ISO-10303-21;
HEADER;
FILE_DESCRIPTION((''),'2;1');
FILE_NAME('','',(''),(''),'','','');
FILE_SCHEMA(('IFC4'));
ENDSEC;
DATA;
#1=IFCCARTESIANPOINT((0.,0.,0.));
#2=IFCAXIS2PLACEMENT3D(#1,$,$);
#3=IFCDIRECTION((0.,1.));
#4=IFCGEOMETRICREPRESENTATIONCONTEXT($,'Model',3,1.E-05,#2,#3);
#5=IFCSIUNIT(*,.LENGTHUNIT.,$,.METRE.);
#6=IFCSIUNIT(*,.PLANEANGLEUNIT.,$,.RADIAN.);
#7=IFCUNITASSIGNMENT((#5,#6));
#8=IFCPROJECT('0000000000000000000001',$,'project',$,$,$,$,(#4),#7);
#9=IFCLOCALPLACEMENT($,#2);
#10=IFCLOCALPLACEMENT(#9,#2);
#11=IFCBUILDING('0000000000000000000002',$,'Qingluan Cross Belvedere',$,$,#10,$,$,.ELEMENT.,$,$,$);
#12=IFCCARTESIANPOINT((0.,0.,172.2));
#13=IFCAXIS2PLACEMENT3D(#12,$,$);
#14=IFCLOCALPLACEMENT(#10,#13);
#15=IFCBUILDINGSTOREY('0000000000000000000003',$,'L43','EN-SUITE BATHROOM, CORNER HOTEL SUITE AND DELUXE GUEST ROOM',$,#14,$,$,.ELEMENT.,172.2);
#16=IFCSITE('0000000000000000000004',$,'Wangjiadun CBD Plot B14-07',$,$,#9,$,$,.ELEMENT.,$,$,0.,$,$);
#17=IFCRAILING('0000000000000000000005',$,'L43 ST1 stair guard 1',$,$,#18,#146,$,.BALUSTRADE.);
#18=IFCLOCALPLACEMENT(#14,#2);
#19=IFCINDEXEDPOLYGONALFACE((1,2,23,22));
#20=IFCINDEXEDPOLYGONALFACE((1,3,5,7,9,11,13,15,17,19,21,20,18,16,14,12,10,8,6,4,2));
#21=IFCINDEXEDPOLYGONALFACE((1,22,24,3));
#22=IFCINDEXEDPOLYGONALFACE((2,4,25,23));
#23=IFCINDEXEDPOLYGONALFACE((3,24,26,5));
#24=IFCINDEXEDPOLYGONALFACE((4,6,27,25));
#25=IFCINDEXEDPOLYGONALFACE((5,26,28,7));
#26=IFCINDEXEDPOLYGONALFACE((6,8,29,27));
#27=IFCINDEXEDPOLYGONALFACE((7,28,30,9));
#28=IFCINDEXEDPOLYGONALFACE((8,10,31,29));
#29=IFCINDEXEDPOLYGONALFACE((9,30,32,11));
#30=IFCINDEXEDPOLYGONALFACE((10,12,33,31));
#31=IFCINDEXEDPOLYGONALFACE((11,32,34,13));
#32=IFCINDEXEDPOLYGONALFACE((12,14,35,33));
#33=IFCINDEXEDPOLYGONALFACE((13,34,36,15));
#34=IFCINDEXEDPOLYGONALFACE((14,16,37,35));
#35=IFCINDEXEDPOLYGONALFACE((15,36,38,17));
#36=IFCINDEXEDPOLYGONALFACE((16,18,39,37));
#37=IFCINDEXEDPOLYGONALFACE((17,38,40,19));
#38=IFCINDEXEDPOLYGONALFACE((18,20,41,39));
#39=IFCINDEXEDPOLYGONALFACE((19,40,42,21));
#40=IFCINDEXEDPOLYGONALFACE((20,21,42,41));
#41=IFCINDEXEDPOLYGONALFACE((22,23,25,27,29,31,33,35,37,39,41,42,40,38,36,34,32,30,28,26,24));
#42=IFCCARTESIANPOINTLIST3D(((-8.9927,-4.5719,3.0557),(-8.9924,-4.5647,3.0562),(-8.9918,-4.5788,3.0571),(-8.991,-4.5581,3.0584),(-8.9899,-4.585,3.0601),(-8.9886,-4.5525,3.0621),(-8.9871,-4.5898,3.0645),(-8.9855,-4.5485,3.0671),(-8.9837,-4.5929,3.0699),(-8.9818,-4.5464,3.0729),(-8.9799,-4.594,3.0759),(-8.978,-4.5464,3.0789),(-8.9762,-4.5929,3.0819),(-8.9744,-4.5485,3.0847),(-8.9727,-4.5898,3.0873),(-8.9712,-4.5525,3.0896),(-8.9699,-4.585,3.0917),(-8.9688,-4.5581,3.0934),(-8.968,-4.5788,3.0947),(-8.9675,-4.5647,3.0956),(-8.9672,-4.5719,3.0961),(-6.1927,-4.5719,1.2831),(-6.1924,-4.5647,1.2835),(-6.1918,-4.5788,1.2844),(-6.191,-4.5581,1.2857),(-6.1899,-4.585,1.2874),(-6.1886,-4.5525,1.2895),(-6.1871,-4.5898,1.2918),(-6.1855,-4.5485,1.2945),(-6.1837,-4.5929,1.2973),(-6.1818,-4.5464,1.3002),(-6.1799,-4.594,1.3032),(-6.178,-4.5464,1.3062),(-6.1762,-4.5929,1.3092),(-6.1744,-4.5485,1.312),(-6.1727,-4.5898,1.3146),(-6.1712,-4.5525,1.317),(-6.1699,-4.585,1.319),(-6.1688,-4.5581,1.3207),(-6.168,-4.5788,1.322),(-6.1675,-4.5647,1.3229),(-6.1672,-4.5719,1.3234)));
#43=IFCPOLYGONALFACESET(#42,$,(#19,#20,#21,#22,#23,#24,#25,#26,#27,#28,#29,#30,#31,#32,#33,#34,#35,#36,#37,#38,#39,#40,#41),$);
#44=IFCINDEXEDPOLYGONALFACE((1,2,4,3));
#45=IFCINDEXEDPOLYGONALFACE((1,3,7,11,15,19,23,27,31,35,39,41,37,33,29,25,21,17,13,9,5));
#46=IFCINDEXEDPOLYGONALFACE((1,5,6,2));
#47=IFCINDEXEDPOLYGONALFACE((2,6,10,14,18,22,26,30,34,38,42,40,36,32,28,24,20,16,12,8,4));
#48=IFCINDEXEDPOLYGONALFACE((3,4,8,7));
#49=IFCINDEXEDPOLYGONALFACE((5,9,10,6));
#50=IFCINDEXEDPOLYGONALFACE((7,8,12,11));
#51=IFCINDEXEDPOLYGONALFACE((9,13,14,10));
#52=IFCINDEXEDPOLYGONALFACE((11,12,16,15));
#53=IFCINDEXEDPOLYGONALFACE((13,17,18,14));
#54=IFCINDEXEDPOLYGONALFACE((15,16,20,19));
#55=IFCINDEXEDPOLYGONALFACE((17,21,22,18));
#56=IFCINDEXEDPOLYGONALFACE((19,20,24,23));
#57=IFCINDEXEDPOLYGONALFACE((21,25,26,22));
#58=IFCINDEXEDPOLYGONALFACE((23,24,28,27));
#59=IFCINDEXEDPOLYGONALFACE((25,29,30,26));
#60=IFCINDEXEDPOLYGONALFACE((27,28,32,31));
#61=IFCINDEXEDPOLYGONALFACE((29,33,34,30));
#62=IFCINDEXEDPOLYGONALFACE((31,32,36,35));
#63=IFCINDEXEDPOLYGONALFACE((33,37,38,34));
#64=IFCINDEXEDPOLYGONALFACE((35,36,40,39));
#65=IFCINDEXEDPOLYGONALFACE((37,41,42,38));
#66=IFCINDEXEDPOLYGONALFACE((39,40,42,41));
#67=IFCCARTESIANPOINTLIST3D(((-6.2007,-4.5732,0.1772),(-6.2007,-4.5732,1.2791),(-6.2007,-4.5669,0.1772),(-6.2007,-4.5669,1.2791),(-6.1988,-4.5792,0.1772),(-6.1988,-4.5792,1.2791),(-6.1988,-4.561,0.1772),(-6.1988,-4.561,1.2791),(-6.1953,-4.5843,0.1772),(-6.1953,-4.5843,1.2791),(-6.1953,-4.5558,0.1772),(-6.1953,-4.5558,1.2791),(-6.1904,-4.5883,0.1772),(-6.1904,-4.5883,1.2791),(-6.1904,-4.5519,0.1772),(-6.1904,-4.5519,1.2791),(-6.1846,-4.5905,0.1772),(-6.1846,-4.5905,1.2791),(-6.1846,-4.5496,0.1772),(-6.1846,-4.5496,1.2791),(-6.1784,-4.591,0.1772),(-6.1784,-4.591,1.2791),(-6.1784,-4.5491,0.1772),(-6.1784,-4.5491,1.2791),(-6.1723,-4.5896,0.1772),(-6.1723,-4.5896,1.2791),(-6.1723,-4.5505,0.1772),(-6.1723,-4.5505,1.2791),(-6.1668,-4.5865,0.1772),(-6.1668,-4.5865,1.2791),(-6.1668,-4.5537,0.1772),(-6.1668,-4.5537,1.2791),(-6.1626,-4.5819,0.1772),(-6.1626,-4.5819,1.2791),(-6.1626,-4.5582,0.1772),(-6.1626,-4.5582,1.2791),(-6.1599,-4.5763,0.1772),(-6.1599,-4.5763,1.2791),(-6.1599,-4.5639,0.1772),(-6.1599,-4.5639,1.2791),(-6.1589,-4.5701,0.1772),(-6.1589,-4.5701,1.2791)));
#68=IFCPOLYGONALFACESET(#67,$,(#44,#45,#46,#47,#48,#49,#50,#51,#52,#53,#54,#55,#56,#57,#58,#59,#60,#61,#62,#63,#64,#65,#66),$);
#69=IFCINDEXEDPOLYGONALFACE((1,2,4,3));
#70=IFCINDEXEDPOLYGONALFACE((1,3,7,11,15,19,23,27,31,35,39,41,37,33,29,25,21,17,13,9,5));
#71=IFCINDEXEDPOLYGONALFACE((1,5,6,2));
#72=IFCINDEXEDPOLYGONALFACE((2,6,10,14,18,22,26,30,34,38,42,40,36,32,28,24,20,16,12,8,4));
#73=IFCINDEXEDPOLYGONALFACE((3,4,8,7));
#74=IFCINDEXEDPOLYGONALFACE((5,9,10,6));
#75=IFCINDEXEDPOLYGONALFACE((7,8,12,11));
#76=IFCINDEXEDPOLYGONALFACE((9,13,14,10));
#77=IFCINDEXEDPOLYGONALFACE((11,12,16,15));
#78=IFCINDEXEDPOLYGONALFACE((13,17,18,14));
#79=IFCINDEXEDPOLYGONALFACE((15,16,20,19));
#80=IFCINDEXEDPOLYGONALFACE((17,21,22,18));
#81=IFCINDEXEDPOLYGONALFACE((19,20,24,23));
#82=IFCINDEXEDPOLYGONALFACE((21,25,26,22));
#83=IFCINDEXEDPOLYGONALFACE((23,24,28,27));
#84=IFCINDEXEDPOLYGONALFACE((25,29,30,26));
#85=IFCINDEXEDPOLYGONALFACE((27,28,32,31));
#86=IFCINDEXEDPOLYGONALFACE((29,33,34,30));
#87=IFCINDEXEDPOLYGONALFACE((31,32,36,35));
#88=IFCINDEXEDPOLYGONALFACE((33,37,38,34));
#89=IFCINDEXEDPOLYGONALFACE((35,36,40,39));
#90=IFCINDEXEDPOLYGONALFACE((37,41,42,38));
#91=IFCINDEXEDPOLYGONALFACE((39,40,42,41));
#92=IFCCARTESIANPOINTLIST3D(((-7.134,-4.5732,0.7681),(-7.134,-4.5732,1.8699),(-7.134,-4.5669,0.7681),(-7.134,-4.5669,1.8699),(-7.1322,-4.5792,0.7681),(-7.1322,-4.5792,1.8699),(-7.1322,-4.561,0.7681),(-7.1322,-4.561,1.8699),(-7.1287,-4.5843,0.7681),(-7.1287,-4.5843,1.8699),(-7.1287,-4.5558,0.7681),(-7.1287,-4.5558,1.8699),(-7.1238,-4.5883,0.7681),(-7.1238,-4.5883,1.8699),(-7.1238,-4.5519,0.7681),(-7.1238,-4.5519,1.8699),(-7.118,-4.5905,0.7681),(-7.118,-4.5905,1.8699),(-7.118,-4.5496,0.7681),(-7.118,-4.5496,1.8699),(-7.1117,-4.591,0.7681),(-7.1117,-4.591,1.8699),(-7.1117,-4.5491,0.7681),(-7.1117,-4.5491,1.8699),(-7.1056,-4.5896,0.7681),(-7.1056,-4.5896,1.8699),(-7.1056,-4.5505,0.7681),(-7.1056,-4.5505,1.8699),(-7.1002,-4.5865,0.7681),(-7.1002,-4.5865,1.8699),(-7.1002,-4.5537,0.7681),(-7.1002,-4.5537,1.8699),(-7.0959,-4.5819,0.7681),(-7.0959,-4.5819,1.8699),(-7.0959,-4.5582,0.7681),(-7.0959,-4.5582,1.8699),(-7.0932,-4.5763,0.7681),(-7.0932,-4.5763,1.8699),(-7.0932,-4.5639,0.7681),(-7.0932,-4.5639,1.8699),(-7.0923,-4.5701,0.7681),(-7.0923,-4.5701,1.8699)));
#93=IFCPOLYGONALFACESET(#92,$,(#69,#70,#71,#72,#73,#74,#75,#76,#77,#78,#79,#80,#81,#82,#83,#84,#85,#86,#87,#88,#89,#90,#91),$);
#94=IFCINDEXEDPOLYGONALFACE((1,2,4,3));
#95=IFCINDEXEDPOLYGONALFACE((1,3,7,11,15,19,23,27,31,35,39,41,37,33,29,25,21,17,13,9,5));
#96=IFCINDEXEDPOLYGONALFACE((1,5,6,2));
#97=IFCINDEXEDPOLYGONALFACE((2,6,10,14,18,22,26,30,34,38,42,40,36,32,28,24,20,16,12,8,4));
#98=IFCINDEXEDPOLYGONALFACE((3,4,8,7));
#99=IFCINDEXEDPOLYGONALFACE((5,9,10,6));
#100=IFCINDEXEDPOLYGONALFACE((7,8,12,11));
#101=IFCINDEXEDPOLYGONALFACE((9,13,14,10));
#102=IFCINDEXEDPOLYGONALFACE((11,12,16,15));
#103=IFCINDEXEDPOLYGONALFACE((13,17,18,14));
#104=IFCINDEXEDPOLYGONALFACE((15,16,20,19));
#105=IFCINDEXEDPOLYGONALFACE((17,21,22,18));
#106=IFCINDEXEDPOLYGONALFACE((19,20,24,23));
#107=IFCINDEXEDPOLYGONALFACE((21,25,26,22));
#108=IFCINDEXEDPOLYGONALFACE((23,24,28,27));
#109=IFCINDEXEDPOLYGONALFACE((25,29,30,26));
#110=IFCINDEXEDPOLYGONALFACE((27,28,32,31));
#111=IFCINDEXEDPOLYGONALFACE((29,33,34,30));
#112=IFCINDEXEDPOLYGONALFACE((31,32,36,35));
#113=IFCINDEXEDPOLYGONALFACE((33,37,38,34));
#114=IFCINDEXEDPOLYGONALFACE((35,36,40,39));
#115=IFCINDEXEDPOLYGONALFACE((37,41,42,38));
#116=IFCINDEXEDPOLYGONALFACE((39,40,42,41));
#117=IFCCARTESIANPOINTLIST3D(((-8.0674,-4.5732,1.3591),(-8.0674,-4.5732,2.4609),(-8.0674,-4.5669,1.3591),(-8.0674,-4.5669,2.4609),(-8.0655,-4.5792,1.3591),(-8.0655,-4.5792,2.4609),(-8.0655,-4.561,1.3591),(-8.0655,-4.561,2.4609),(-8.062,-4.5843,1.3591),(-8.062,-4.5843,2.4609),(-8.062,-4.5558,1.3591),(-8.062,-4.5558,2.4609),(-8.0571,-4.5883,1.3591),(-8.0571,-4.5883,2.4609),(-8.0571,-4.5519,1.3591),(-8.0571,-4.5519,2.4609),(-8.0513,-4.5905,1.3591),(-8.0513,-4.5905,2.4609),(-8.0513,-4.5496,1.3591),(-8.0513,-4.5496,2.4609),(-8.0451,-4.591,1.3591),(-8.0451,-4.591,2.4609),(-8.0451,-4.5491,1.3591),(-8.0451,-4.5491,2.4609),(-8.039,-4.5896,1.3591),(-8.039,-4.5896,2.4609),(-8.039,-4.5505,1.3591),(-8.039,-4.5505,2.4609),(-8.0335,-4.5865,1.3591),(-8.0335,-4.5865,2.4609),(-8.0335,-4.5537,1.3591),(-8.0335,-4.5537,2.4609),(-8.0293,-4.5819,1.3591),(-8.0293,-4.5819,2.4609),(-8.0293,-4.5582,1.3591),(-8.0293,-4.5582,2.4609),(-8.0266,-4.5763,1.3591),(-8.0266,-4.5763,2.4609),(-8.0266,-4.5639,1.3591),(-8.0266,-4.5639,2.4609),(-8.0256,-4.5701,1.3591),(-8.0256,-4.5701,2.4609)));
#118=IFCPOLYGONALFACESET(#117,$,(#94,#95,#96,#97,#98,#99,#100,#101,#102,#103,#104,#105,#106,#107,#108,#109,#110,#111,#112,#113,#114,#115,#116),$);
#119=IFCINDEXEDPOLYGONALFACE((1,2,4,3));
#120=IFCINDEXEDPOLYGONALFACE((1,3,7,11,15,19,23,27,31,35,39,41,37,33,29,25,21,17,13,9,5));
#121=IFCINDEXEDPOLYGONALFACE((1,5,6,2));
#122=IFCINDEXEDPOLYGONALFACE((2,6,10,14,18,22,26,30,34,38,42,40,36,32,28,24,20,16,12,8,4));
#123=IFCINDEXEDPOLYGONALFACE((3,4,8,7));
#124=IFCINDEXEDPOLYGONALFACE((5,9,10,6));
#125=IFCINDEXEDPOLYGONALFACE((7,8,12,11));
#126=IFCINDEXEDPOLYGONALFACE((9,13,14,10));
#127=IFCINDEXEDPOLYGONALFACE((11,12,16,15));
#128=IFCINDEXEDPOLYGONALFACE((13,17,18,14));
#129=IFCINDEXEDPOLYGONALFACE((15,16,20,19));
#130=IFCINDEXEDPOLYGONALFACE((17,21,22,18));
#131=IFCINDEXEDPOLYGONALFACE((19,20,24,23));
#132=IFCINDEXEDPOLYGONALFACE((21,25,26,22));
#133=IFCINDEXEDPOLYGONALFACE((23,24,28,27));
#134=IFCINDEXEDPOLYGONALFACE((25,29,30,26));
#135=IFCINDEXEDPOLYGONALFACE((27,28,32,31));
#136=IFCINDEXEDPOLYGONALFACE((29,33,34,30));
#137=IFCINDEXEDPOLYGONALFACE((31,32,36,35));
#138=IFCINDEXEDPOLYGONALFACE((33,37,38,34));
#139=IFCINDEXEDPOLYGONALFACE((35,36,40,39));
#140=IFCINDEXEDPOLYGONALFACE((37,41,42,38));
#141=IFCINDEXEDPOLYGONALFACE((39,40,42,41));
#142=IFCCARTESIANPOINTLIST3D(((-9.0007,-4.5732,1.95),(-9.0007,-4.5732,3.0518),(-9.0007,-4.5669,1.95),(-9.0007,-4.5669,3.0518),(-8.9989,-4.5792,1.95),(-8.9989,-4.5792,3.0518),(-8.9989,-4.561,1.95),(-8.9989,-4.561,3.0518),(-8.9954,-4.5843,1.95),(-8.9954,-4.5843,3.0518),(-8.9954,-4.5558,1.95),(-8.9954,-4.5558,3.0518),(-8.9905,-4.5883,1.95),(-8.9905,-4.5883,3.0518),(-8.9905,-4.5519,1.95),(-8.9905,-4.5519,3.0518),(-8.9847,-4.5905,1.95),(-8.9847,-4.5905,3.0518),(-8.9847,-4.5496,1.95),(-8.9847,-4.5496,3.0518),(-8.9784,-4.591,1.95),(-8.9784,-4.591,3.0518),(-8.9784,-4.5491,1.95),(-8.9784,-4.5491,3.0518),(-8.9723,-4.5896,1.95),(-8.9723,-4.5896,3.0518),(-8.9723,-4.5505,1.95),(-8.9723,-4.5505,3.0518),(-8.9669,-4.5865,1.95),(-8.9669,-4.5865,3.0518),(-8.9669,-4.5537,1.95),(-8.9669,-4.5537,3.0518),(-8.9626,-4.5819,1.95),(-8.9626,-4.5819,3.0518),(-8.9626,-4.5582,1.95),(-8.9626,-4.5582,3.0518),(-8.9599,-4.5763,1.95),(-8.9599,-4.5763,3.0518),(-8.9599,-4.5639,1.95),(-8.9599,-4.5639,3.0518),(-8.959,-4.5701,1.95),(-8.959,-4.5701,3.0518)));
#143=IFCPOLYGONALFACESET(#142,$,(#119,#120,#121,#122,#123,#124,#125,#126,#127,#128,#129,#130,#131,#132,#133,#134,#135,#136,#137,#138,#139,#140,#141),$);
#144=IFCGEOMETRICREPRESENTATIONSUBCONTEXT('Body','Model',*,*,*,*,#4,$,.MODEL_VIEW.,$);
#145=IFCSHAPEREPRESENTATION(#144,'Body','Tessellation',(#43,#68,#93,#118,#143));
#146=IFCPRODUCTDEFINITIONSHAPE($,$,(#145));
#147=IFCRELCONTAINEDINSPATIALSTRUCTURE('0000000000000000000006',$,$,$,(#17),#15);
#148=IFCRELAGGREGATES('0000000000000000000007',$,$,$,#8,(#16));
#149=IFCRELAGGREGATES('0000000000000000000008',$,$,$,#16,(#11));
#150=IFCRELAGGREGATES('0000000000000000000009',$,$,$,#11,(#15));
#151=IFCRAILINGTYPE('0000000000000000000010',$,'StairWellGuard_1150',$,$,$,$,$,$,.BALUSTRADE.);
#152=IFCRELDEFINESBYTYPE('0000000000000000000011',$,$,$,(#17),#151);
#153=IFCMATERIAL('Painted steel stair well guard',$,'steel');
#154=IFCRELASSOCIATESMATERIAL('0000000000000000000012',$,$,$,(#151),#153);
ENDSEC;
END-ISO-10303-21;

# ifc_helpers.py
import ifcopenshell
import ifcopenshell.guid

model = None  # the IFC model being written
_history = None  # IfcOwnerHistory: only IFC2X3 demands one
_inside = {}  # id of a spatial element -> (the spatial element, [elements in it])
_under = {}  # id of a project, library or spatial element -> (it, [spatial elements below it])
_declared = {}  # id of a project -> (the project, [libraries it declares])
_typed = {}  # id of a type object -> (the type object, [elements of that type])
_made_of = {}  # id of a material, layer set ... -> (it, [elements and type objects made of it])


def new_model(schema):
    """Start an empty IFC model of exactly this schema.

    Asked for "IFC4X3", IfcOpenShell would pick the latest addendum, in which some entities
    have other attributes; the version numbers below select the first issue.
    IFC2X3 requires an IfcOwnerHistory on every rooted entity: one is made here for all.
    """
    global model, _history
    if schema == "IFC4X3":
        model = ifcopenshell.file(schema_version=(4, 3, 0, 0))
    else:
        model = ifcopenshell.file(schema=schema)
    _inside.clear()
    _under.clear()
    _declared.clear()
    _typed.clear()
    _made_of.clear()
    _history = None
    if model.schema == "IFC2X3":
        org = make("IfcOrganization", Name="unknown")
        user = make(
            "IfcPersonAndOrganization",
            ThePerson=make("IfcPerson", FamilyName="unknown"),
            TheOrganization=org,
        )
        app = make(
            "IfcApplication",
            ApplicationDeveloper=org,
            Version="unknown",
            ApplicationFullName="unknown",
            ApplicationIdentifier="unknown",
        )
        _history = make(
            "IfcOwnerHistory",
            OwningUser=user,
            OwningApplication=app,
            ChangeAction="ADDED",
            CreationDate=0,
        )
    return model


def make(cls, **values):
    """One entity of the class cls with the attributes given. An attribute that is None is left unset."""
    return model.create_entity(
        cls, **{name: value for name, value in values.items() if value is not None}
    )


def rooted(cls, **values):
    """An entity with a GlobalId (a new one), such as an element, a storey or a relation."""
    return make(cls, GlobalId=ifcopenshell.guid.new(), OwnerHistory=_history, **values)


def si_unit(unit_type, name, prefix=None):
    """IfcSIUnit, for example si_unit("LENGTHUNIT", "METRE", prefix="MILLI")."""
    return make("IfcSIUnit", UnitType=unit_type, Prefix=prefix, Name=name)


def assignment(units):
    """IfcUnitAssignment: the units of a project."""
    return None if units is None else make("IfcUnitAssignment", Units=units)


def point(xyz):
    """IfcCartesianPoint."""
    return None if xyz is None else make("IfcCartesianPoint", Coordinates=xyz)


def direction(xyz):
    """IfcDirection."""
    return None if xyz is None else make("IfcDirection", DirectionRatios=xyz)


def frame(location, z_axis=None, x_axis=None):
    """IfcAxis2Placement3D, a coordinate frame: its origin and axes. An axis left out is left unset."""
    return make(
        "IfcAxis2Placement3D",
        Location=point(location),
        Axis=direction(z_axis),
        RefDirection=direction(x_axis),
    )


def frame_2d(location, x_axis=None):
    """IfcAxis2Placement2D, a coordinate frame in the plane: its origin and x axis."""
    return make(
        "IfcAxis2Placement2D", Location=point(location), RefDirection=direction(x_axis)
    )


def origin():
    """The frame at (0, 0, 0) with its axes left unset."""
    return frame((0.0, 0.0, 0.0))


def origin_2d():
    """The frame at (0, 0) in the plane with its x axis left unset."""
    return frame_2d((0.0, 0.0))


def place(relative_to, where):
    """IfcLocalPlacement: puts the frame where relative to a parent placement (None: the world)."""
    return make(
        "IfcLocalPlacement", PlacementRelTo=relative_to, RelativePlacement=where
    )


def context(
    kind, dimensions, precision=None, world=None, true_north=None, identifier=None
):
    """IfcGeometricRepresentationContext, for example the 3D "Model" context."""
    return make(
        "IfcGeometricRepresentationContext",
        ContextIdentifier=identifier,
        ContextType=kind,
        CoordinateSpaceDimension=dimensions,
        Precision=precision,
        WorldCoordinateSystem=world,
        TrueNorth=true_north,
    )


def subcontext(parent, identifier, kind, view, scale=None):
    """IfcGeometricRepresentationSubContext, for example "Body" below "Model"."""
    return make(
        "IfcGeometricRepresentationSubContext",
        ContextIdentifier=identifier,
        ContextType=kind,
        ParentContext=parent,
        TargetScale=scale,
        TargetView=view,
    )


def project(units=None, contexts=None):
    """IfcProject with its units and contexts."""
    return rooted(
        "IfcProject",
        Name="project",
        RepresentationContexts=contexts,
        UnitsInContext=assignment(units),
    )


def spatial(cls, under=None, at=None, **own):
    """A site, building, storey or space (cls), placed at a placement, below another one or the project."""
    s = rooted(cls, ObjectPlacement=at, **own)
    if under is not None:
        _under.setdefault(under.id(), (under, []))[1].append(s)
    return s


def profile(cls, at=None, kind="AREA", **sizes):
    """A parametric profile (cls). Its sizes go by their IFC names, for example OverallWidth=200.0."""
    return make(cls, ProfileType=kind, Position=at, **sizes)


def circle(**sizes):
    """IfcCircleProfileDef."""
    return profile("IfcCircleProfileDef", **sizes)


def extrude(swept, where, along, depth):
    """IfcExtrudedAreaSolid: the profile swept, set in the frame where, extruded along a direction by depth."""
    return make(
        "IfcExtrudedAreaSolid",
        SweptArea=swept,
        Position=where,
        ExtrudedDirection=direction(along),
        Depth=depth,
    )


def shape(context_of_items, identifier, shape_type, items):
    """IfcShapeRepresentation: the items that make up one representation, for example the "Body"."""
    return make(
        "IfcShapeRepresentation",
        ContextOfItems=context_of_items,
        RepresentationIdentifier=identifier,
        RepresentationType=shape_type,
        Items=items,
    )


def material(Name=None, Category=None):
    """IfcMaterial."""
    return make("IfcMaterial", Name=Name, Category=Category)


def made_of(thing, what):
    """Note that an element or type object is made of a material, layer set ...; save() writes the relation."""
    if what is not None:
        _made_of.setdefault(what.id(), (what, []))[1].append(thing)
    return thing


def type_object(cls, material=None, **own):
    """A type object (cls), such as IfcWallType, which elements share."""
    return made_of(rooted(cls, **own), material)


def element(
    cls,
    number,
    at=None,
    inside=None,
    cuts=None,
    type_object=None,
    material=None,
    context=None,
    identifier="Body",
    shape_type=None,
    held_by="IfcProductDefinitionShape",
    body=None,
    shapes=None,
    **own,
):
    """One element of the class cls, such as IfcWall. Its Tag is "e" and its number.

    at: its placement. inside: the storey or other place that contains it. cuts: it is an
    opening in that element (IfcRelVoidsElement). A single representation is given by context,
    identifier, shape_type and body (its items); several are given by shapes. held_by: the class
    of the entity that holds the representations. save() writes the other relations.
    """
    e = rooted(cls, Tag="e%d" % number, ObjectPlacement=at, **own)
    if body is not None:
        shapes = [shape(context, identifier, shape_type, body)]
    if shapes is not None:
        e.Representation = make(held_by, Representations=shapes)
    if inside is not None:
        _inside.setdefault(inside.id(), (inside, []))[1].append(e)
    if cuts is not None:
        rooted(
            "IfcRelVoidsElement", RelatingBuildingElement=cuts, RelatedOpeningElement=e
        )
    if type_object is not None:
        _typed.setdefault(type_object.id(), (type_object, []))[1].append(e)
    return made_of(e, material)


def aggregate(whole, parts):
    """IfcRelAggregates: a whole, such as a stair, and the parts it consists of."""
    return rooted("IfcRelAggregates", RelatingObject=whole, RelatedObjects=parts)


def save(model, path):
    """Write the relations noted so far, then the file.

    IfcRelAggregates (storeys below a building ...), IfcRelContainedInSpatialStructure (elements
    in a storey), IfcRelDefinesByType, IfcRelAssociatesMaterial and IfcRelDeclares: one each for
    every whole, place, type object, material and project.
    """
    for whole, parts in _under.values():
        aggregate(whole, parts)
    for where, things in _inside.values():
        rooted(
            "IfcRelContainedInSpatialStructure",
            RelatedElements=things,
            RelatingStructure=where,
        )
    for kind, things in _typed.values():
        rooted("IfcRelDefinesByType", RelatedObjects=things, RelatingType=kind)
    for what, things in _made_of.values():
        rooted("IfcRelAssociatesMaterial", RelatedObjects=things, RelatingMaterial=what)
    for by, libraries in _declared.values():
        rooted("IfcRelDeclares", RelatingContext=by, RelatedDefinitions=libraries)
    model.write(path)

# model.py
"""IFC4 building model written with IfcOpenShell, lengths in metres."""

from ifc_helpers import new_model, si_unit, direction, frame, origin, origin_2d, place, context, subcontext, project, spatial, circle, extrude, material, type_object, element, save


model = new_model("IFC4")

# Units and contexts
model_context = context("Model", 3, precision=1e-05, world=origin(), true_north=direction((0.0, 1.0)))
body_context = subcontext(model_context, "Body", "Model", "MODEL_VIEW")
ifc_project = project(units=[si_unit("LENGTHUNIT", "METRE"), si_unit("PLANEANGLEUNIT", "RADIAN")], contexts=[model_context])

# Site, building, storey
site_placement = place(None, origin())
site = spatial("IfcSite", under=ifc_project, at=site_placement, Name="Wangjiadun CBD Plot B14-07", CompositionType="ELEMENT", RefElevation=0.0)
building_placement = place(site_placement, origin())
building = spatial("IfcBuilding", under=site, at=building_placement, Name="Qingluan Cross Belvedere", CompositionType="ELEMENT")
storey_placement = place(building_placement, frame((0.0, 0.0, 172.2)))
storey = spatial("IfcBuildingStorey", under=building, at=storey_placement, Name="L43", Description="EN-SUITE BATHROOM, CORNER HOTEL SUITE AND DELUXE GUEST ROOM", CompositionType="ELEMENT", Elevation=172.2)

# Railing
ifc_material_1 = material(Name="Painted steel stair well guard", Category="steel")
railing_type_1 = type_object("IfcRailingType", Name="StairWellGuard_1150", PredefinedType="BALUSTRADE", material=ifc_material_1)
railing_1_placement = place(storey_placement, frame((-6.1799, -4.5701, 0.1772)))
element("IfcRailing", 1, at=railing_1_placement, inside=storey, type_object=railing_type_1, Name="L43 ST1 stair guard 1", PredefinedType="BALUSTRADE", context=body_context, shape_type="SweptSolid", body=[
    extrude(circle(Radius=0.0239, at=origin_2d()), frame((0.0, 0.0, 1.126), z_axis=(-0.844909, 0.0, 0.53491), x_axis=(0.0, -1.0, 0.0)), (0.0, 0.0, 1.0), 3.314),
    extrude(circle(Radius=0.021, at=origin_2d()), origin(), (0.0, 0.0, 1.0), 1.1018),
    extrude(circle(Radius=0.021, at=origin_2d()), frame((-0.9333, 0.0, 0.5908)), (0.0, 0.0, 1.0), 1.1018),
    extrude(circle(Radius=0.021, at=origin_2d()), frame((-1.8667, 0.0, 1.1819)), (0.0, 0.0, 1.0), 1.1018),
    extrude(circle(Radius=0.021, at=origin_2d()), frame((-2.8, 0.0, 1.7727)), (0.0, 0.0, 1.0), 1.1018),
])

save(model, "model.ifc")
